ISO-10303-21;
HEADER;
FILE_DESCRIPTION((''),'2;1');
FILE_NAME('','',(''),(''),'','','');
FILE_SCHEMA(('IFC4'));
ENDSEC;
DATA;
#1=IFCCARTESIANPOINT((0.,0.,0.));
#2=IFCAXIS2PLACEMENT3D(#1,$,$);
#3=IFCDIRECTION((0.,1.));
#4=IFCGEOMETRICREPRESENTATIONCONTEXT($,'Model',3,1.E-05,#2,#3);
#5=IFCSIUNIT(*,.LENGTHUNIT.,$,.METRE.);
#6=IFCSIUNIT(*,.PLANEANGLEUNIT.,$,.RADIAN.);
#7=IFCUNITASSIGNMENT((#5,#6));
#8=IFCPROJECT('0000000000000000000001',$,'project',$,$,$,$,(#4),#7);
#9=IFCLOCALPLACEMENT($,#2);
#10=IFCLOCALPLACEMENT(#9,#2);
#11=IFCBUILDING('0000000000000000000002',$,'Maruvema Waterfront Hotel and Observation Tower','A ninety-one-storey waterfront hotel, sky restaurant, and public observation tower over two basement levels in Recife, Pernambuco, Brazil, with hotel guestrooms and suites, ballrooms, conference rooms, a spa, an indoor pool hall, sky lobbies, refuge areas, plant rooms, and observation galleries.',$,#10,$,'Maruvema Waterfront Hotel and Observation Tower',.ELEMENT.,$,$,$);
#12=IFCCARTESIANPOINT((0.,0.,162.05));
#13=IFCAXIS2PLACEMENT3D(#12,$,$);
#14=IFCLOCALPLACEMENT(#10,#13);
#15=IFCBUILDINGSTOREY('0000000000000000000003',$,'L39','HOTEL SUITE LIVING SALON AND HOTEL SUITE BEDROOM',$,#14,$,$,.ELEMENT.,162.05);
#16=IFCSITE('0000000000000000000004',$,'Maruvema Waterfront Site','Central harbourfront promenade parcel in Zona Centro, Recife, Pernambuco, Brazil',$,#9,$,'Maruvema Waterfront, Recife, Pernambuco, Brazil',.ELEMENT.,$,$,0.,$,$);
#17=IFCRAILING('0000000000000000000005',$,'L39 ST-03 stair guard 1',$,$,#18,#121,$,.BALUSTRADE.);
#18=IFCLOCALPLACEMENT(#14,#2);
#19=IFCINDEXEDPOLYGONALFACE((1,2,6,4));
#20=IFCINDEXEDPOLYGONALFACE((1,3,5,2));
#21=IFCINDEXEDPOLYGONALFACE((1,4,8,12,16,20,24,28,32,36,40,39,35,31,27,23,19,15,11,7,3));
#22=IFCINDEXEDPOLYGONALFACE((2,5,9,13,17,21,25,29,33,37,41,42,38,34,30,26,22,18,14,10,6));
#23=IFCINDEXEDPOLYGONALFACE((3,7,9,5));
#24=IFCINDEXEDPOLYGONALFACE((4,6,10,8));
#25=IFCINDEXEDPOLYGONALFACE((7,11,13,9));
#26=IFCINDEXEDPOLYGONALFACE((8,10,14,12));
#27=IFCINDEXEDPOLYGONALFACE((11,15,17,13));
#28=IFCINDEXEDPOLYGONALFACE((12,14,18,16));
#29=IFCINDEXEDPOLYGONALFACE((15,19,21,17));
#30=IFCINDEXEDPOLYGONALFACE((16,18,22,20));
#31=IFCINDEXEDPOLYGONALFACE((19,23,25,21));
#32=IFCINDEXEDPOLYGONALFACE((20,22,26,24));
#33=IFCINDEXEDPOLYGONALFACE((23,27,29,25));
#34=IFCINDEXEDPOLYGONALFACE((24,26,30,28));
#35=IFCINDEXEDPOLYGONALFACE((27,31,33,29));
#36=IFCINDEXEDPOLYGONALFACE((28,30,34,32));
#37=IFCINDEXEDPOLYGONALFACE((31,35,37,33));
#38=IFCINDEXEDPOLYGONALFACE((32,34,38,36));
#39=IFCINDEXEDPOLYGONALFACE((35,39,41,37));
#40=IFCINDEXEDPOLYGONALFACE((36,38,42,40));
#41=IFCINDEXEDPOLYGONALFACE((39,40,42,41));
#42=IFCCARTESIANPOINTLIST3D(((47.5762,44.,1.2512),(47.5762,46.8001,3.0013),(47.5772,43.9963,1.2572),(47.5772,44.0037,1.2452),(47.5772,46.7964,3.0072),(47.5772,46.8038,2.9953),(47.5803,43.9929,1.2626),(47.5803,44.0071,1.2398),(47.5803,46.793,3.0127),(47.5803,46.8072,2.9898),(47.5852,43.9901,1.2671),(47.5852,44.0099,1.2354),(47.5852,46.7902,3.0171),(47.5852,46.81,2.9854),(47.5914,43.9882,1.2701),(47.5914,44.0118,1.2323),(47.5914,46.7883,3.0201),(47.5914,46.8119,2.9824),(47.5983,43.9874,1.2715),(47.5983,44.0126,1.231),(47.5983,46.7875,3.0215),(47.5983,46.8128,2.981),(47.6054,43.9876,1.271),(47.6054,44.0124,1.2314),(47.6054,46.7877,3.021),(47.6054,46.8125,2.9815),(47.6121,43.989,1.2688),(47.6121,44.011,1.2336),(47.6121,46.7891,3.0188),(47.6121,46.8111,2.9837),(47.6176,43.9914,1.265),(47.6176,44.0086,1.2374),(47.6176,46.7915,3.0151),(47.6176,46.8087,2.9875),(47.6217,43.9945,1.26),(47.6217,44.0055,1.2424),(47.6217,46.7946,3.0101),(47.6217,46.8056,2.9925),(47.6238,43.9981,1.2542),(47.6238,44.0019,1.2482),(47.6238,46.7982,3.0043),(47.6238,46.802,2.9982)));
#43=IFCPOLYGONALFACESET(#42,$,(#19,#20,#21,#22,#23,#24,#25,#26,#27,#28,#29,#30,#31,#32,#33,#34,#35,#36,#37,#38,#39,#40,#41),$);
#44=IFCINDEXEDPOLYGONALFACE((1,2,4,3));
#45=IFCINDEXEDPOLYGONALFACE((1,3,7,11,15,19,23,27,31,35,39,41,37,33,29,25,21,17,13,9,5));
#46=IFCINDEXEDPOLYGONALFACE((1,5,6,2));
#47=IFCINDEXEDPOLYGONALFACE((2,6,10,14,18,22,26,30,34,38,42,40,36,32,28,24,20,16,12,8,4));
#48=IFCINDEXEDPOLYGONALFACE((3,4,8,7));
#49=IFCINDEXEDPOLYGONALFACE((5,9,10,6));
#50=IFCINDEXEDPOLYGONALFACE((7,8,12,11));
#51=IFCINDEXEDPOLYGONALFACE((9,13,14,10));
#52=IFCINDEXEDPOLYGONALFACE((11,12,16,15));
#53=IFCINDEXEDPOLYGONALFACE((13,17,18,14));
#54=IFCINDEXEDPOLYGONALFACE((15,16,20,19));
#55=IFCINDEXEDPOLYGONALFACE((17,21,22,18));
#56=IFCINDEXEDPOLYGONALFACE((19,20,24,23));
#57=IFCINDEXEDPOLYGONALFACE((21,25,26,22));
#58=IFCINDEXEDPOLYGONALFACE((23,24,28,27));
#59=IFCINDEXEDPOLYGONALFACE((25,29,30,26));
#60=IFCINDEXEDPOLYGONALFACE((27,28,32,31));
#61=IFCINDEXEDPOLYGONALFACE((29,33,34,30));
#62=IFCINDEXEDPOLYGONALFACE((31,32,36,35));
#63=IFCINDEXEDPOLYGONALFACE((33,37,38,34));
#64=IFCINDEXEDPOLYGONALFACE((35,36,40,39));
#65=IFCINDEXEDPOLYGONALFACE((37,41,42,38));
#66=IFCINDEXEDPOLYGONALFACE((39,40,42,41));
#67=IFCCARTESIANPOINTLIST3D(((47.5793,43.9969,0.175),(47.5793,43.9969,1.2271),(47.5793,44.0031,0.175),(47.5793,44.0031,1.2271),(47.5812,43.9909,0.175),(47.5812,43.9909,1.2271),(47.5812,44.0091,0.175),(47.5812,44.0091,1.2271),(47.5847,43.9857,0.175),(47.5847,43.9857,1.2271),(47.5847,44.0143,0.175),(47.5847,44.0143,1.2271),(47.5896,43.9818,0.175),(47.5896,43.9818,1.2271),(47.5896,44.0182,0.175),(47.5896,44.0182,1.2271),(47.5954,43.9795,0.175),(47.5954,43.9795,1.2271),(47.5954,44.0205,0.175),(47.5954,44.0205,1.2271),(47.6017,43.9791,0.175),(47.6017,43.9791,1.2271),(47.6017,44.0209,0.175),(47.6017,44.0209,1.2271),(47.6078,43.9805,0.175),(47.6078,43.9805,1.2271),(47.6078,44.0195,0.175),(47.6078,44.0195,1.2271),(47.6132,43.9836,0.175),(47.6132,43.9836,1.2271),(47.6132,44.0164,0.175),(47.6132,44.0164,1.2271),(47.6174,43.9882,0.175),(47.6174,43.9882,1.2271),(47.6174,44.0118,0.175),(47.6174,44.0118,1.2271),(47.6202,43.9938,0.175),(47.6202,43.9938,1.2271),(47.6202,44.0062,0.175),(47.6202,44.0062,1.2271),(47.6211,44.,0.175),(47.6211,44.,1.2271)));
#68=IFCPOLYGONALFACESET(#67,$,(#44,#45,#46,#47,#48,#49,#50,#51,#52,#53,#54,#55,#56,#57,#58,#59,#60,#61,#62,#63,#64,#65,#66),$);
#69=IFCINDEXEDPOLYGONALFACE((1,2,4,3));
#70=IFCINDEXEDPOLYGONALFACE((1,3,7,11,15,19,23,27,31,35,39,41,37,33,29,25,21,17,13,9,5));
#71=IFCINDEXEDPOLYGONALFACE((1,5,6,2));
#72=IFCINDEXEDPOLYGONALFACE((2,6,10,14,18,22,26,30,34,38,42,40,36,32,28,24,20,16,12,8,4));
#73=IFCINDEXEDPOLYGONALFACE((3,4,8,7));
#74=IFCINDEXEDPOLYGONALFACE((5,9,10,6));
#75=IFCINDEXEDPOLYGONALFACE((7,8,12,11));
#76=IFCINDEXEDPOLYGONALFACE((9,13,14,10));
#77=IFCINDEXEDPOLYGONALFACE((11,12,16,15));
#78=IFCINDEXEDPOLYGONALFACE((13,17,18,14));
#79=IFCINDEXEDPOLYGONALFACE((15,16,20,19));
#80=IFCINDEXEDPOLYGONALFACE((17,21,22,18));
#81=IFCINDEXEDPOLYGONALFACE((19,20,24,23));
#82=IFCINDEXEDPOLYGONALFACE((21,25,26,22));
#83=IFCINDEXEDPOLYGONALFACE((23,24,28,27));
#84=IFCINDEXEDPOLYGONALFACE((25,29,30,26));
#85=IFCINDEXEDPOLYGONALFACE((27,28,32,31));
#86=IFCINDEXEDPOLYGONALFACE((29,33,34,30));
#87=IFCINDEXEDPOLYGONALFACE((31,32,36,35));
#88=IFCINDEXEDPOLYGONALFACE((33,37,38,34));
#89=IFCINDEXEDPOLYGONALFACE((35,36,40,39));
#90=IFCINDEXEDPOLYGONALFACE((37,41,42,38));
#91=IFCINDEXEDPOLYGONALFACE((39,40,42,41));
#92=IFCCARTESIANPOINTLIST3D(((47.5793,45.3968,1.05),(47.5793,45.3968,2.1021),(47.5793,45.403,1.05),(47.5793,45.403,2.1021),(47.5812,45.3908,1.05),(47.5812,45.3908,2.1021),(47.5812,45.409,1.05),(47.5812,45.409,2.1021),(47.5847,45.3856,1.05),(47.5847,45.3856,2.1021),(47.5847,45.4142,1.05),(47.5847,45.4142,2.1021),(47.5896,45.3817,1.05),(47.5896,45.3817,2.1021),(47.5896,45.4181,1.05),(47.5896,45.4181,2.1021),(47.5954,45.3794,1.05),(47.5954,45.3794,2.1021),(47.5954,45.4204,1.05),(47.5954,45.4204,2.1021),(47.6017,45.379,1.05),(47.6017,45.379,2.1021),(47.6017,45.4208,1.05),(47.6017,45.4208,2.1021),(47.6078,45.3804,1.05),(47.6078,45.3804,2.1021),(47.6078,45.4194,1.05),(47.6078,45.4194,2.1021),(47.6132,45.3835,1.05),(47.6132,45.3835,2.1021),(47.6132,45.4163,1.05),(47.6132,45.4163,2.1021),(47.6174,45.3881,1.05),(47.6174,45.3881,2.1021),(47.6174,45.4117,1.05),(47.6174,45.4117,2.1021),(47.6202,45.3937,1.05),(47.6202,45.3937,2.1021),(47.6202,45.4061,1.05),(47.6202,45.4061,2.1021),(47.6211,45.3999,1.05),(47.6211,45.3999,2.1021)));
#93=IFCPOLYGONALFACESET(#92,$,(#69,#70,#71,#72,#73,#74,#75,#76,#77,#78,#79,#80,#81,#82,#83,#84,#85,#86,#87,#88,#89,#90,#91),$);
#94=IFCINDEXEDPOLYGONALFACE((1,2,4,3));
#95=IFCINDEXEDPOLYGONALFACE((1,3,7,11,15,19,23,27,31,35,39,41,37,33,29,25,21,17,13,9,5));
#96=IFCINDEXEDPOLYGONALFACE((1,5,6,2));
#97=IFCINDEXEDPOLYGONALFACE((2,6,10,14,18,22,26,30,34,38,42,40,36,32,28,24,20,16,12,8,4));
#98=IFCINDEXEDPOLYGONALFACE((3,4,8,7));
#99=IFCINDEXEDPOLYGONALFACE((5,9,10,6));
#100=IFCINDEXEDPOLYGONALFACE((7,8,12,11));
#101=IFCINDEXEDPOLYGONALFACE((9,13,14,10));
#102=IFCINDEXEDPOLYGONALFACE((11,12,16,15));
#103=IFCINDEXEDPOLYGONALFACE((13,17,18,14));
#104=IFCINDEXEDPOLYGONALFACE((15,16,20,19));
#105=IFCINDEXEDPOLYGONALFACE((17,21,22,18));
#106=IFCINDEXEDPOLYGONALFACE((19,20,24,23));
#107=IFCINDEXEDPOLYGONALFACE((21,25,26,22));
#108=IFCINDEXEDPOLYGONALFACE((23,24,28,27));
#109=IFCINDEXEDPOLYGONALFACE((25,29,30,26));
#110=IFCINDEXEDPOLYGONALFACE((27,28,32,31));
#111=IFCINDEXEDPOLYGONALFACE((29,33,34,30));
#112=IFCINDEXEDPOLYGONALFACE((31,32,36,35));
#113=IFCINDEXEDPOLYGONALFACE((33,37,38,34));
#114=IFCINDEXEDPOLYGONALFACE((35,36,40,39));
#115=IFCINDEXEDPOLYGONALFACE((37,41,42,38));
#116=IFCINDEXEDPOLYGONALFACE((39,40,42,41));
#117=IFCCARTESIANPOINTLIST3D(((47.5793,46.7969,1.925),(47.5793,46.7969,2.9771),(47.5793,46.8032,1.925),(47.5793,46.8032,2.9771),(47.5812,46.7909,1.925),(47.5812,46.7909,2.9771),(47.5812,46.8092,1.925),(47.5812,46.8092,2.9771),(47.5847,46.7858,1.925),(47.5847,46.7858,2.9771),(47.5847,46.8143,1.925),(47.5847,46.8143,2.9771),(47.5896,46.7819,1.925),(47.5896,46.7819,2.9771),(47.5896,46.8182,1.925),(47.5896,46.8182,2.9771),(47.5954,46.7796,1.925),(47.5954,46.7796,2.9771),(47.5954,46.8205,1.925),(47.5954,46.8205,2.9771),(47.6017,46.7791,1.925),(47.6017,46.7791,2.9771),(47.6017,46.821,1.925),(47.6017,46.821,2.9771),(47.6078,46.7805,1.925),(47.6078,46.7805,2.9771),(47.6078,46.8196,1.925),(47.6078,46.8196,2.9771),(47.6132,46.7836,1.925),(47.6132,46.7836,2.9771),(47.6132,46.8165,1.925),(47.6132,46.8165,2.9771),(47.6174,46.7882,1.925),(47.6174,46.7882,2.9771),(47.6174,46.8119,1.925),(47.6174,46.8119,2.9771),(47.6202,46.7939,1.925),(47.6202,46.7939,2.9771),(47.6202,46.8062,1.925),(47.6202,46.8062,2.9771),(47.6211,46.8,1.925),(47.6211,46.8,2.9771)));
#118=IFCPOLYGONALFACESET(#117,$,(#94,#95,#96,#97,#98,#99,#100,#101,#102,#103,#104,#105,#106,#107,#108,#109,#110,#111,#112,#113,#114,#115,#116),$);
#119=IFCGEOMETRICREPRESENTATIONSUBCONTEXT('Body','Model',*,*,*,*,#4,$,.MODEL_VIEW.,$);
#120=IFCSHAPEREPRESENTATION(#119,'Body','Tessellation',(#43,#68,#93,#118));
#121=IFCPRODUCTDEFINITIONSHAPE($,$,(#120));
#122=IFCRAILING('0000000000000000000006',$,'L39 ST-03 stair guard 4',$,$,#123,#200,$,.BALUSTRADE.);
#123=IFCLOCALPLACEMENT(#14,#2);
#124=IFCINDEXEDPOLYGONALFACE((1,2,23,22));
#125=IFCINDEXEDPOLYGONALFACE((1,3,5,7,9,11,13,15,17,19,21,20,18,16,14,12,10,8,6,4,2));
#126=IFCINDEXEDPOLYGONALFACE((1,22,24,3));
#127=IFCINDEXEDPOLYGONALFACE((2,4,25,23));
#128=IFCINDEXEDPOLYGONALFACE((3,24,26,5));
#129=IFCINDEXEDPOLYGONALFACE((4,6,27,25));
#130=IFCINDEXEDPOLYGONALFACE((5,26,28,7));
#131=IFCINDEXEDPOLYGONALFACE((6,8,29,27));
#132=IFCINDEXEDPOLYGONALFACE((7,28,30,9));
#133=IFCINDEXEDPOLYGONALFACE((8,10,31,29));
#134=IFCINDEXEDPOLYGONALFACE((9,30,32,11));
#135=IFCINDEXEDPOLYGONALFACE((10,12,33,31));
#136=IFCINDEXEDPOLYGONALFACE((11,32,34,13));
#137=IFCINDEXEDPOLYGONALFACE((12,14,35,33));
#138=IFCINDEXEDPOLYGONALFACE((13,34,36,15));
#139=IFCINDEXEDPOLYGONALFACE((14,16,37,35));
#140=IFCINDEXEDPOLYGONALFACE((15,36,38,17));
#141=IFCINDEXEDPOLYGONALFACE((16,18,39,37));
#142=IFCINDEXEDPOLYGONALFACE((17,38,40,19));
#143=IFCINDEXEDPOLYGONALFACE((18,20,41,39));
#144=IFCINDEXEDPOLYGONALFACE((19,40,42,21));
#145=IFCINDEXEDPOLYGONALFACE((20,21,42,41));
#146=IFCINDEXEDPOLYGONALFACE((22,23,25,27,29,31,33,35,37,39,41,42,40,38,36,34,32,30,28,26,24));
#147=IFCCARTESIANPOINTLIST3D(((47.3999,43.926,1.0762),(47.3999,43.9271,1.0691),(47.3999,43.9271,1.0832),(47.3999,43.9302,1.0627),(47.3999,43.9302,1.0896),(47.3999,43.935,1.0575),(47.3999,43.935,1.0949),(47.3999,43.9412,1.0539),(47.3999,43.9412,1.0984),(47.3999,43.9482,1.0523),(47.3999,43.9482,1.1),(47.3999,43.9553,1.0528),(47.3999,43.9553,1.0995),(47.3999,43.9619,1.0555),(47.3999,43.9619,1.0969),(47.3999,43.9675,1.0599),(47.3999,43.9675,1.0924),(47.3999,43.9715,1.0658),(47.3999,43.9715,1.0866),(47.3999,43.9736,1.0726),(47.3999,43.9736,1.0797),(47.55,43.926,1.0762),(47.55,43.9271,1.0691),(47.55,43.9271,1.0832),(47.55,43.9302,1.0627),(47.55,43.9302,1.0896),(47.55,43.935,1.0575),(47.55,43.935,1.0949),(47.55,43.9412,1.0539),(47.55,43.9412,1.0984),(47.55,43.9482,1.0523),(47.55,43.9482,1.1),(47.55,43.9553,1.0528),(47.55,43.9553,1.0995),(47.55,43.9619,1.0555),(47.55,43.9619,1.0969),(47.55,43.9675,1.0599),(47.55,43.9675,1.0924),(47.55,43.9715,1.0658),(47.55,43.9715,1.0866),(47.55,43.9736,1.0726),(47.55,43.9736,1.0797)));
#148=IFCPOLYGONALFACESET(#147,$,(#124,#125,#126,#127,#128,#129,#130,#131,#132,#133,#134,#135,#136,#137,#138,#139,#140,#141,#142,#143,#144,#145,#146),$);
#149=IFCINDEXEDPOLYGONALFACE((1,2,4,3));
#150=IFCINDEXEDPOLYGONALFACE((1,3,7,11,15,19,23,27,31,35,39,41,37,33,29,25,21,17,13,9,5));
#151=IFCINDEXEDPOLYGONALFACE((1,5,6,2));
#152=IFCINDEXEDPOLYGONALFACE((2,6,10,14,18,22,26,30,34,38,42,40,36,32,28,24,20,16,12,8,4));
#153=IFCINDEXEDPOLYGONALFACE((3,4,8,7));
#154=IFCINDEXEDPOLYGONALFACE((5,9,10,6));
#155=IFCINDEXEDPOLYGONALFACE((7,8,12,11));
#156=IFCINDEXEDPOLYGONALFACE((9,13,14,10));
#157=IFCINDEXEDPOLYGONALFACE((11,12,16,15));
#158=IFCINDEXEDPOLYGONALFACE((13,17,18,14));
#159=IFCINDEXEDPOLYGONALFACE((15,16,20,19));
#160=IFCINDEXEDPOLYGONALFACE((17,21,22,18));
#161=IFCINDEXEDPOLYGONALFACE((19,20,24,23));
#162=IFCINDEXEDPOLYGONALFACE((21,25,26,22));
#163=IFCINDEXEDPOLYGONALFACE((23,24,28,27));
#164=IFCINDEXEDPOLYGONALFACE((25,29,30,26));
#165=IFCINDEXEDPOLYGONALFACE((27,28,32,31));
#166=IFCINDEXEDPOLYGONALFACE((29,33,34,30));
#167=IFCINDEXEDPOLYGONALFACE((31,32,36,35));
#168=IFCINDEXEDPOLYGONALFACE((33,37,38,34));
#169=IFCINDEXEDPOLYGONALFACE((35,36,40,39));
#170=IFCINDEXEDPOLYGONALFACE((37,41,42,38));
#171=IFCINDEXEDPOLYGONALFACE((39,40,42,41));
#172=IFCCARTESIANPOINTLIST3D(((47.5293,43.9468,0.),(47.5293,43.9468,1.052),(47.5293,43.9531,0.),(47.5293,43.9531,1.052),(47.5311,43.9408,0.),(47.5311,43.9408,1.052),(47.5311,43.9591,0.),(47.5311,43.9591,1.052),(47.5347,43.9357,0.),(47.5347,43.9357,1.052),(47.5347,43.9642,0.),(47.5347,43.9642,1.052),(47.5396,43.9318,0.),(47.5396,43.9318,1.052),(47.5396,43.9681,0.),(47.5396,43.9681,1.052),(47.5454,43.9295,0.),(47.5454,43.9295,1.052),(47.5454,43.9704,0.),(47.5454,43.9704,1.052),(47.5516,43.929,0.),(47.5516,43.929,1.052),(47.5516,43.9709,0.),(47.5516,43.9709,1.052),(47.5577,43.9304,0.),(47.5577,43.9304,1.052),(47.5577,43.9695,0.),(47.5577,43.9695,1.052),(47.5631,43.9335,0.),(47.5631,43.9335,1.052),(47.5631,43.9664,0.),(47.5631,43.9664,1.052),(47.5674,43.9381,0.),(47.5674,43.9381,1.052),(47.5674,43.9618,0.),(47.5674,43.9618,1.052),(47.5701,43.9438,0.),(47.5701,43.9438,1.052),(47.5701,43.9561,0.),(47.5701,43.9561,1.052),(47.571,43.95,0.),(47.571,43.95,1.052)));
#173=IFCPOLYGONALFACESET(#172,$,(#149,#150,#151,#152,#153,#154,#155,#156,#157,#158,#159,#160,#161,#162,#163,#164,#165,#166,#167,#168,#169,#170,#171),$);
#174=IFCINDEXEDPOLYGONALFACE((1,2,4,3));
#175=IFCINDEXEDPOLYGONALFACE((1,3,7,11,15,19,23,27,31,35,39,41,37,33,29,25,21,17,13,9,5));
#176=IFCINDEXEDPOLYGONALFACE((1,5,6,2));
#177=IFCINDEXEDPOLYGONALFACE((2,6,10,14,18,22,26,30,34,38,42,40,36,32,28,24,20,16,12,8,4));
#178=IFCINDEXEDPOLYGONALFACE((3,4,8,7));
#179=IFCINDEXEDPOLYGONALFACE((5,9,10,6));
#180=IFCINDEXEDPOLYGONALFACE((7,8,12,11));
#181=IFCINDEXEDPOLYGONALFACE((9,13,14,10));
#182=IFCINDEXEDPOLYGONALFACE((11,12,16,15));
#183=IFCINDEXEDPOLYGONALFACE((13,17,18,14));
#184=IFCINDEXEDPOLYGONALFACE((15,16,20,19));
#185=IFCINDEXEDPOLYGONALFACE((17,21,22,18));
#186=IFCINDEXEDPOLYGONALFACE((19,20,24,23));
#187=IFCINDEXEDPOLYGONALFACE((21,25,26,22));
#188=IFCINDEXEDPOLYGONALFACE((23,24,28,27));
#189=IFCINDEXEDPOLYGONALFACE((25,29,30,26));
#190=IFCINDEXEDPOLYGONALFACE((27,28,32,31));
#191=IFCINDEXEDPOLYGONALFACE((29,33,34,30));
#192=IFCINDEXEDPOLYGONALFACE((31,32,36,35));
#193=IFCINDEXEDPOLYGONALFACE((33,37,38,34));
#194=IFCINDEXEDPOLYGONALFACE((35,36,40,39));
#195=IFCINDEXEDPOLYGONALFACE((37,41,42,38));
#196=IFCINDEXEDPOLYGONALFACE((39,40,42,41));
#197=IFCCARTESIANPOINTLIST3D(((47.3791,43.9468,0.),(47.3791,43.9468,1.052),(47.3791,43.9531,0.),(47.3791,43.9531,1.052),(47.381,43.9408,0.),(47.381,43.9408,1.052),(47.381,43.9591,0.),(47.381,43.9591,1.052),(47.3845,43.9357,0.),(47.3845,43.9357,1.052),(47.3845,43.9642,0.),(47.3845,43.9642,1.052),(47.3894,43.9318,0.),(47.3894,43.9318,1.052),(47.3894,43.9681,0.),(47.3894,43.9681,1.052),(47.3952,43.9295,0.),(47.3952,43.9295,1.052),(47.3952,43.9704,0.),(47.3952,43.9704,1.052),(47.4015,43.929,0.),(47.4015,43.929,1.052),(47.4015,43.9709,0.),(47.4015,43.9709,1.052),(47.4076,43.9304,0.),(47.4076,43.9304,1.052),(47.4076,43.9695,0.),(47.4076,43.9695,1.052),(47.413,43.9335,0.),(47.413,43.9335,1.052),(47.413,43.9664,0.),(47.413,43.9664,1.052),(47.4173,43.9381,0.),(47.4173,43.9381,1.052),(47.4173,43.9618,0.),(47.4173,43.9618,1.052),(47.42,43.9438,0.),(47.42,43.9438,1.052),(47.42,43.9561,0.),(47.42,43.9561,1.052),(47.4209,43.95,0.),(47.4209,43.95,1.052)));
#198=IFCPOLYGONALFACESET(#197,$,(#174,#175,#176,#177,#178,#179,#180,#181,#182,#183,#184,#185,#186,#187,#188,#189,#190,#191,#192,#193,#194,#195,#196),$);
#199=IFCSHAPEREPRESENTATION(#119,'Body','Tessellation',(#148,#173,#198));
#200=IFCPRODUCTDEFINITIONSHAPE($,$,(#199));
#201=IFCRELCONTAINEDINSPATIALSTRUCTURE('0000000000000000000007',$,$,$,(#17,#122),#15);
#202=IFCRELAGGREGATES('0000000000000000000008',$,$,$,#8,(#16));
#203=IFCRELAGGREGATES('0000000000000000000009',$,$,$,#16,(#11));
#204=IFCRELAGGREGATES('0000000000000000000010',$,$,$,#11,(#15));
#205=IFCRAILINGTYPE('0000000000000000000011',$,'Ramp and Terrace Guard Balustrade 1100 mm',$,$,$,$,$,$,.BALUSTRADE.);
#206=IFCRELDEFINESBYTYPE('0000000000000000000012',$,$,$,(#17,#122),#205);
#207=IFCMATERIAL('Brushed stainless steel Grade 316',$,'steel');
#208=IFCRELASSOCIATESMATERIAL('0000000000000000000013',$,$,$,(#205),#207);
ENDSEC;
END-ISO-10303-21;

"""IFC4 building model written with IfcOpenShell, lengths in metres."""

from ifc_helpers import new_model, si_unit, direction, frame, origin, origin_2d, place, context, subcontext, project, spatial, circle, extrude, material, type_object, element, save


model = new_model("IFC4")

# Units and contexts
model_context = context("Model", 3, precision=1e-05, world=origin(), true_north=direction((0.0, 1.0)))
body_context = subcontext(model_context, "Body", "Model", "MODEL_VIEW")
ifc_project = project(units=[si_unit("LENGTHUNIT", "METRE"), si_unit("PLANEANGLEUNIT", "RADIAN")], contexts=[model_context])

# Site, building, storey
site_placement = place(None, origin())
site = spatial("IfcSite", under=ifc_project, at=site_placement, Name="Maruvema Waterfront Site", Description="Central harbourfront promenade parcel in Zona Centro, Recife, Pernambuco, Brazil", LongName="Maruvema Waterfront, Recife, Pernambuco, Brazil", CompositionType="ELEMENT", RefElevation=0.0)
building_placement = place(site_placement, origin())
building = spatial("IfcBuilding", under=site, at=building_placement, Name="Maruvema Waterfront Hotel and Observation Tower", Description="A ninety-one-storey waterfront hotel, sky restaurant, and public observation tower over two basement levels in Recife, Pernambuco, Brazil, with hotel guestrooms and suites, ballrooms, conference rooms, a spa, an indoor pool hall, sky lobbies, refuge areas, plant rooms, and observation galleries.", LongName="Maruvema Waterfront Hotel and Observation Tower", CompositionType="ELEMENT")
storey_placement = place(building_placement, frame((0.0, 0.0, 162.05)))
storey = spatial("IfcBuildingStorey", under=building, at=storey_placement, Name="L39", Description="HOTEL SUITE LIVING SALON AND HOTEL SUITE BEDROOM", CompositionType="ELEMENT", Elevation=162.05)

# Railings
ifc_material_1 = material(Name="Brushed stainless steel Grade 316", Category="steel")
railing_type = type_object("IfcRailingType", Name="Ramp and Terrace Guard Balustrade 1100 mm", PredefinedType="BALUSTRADE", material=ifc_material_1)
railing_1_placement = place(storey_placement, frame((47.6001, 44.0, 0.175)))
element("IfcRailing", 1, at=railing_1_placement, inside=storey, type_object=railing_type, Name="L39 ST-03 stair guard 1", PredefinedType="BALUSTRADE", context=body_context, shape_type="SweptSolid", body=[
    extrude(circle(Radius=0.0239, at=origin_2d()), frame((0.0, 0.0, 1.0762), z_axis=(0.0, 0.848002, 0.529992), x_axis=(-1.0, 0.0, 0.0)), (0.0, 0.0, 1.0), 3.302),
    extrude(circle(Radius=0.021, at=origin_2d()), origin(), (0.0, 0.0, 1.0), 1.052),
    extrude(circle(Radius=0.021, at=origin_2d()), frame((0.0, 1.3999, 0.875)), (0.0, 0.0, 1.0), 1.052),
    extrude(circle(Radius=0.021, at=origin_2d()), frame((0.0, 2.8, 1.75)), (0.0, 0.0, 1.0), 1.052),
])
railing_2_placement = place(storey_placement, frame((47.55, 43.95, 0.0)))
element("IfcRailing", 2, at=railing_2_placement, inside=storey, type_object=railing_type, Name="L39 ST-03 stair guard 4", PredefinedType="BALUSTRADE", context=body_context, shape_type="SweptSolid", body=[
    extrude(circle(Radius=0.0239, at=origin_2d()), frame((0.0, 0.0, 1.0762), z_axis=(-1.0, 0.0, 0.0), x_axis=(0.0, -1.0, 0.0)), (0.0, 0.0, 1.0), 0.1501),
    extrude(circle(Radius=0.021, at=origin_2d()), origin(), (0.0, 0.0, 1.0), 1.052),
    extrude(circle(Radius=0.021, at=origin_2d()), frame((-0.1501, 0.0, 0.0)), (0.0, 0.0, 1.0), 1.052),
])

save(model, "model.ifc")
